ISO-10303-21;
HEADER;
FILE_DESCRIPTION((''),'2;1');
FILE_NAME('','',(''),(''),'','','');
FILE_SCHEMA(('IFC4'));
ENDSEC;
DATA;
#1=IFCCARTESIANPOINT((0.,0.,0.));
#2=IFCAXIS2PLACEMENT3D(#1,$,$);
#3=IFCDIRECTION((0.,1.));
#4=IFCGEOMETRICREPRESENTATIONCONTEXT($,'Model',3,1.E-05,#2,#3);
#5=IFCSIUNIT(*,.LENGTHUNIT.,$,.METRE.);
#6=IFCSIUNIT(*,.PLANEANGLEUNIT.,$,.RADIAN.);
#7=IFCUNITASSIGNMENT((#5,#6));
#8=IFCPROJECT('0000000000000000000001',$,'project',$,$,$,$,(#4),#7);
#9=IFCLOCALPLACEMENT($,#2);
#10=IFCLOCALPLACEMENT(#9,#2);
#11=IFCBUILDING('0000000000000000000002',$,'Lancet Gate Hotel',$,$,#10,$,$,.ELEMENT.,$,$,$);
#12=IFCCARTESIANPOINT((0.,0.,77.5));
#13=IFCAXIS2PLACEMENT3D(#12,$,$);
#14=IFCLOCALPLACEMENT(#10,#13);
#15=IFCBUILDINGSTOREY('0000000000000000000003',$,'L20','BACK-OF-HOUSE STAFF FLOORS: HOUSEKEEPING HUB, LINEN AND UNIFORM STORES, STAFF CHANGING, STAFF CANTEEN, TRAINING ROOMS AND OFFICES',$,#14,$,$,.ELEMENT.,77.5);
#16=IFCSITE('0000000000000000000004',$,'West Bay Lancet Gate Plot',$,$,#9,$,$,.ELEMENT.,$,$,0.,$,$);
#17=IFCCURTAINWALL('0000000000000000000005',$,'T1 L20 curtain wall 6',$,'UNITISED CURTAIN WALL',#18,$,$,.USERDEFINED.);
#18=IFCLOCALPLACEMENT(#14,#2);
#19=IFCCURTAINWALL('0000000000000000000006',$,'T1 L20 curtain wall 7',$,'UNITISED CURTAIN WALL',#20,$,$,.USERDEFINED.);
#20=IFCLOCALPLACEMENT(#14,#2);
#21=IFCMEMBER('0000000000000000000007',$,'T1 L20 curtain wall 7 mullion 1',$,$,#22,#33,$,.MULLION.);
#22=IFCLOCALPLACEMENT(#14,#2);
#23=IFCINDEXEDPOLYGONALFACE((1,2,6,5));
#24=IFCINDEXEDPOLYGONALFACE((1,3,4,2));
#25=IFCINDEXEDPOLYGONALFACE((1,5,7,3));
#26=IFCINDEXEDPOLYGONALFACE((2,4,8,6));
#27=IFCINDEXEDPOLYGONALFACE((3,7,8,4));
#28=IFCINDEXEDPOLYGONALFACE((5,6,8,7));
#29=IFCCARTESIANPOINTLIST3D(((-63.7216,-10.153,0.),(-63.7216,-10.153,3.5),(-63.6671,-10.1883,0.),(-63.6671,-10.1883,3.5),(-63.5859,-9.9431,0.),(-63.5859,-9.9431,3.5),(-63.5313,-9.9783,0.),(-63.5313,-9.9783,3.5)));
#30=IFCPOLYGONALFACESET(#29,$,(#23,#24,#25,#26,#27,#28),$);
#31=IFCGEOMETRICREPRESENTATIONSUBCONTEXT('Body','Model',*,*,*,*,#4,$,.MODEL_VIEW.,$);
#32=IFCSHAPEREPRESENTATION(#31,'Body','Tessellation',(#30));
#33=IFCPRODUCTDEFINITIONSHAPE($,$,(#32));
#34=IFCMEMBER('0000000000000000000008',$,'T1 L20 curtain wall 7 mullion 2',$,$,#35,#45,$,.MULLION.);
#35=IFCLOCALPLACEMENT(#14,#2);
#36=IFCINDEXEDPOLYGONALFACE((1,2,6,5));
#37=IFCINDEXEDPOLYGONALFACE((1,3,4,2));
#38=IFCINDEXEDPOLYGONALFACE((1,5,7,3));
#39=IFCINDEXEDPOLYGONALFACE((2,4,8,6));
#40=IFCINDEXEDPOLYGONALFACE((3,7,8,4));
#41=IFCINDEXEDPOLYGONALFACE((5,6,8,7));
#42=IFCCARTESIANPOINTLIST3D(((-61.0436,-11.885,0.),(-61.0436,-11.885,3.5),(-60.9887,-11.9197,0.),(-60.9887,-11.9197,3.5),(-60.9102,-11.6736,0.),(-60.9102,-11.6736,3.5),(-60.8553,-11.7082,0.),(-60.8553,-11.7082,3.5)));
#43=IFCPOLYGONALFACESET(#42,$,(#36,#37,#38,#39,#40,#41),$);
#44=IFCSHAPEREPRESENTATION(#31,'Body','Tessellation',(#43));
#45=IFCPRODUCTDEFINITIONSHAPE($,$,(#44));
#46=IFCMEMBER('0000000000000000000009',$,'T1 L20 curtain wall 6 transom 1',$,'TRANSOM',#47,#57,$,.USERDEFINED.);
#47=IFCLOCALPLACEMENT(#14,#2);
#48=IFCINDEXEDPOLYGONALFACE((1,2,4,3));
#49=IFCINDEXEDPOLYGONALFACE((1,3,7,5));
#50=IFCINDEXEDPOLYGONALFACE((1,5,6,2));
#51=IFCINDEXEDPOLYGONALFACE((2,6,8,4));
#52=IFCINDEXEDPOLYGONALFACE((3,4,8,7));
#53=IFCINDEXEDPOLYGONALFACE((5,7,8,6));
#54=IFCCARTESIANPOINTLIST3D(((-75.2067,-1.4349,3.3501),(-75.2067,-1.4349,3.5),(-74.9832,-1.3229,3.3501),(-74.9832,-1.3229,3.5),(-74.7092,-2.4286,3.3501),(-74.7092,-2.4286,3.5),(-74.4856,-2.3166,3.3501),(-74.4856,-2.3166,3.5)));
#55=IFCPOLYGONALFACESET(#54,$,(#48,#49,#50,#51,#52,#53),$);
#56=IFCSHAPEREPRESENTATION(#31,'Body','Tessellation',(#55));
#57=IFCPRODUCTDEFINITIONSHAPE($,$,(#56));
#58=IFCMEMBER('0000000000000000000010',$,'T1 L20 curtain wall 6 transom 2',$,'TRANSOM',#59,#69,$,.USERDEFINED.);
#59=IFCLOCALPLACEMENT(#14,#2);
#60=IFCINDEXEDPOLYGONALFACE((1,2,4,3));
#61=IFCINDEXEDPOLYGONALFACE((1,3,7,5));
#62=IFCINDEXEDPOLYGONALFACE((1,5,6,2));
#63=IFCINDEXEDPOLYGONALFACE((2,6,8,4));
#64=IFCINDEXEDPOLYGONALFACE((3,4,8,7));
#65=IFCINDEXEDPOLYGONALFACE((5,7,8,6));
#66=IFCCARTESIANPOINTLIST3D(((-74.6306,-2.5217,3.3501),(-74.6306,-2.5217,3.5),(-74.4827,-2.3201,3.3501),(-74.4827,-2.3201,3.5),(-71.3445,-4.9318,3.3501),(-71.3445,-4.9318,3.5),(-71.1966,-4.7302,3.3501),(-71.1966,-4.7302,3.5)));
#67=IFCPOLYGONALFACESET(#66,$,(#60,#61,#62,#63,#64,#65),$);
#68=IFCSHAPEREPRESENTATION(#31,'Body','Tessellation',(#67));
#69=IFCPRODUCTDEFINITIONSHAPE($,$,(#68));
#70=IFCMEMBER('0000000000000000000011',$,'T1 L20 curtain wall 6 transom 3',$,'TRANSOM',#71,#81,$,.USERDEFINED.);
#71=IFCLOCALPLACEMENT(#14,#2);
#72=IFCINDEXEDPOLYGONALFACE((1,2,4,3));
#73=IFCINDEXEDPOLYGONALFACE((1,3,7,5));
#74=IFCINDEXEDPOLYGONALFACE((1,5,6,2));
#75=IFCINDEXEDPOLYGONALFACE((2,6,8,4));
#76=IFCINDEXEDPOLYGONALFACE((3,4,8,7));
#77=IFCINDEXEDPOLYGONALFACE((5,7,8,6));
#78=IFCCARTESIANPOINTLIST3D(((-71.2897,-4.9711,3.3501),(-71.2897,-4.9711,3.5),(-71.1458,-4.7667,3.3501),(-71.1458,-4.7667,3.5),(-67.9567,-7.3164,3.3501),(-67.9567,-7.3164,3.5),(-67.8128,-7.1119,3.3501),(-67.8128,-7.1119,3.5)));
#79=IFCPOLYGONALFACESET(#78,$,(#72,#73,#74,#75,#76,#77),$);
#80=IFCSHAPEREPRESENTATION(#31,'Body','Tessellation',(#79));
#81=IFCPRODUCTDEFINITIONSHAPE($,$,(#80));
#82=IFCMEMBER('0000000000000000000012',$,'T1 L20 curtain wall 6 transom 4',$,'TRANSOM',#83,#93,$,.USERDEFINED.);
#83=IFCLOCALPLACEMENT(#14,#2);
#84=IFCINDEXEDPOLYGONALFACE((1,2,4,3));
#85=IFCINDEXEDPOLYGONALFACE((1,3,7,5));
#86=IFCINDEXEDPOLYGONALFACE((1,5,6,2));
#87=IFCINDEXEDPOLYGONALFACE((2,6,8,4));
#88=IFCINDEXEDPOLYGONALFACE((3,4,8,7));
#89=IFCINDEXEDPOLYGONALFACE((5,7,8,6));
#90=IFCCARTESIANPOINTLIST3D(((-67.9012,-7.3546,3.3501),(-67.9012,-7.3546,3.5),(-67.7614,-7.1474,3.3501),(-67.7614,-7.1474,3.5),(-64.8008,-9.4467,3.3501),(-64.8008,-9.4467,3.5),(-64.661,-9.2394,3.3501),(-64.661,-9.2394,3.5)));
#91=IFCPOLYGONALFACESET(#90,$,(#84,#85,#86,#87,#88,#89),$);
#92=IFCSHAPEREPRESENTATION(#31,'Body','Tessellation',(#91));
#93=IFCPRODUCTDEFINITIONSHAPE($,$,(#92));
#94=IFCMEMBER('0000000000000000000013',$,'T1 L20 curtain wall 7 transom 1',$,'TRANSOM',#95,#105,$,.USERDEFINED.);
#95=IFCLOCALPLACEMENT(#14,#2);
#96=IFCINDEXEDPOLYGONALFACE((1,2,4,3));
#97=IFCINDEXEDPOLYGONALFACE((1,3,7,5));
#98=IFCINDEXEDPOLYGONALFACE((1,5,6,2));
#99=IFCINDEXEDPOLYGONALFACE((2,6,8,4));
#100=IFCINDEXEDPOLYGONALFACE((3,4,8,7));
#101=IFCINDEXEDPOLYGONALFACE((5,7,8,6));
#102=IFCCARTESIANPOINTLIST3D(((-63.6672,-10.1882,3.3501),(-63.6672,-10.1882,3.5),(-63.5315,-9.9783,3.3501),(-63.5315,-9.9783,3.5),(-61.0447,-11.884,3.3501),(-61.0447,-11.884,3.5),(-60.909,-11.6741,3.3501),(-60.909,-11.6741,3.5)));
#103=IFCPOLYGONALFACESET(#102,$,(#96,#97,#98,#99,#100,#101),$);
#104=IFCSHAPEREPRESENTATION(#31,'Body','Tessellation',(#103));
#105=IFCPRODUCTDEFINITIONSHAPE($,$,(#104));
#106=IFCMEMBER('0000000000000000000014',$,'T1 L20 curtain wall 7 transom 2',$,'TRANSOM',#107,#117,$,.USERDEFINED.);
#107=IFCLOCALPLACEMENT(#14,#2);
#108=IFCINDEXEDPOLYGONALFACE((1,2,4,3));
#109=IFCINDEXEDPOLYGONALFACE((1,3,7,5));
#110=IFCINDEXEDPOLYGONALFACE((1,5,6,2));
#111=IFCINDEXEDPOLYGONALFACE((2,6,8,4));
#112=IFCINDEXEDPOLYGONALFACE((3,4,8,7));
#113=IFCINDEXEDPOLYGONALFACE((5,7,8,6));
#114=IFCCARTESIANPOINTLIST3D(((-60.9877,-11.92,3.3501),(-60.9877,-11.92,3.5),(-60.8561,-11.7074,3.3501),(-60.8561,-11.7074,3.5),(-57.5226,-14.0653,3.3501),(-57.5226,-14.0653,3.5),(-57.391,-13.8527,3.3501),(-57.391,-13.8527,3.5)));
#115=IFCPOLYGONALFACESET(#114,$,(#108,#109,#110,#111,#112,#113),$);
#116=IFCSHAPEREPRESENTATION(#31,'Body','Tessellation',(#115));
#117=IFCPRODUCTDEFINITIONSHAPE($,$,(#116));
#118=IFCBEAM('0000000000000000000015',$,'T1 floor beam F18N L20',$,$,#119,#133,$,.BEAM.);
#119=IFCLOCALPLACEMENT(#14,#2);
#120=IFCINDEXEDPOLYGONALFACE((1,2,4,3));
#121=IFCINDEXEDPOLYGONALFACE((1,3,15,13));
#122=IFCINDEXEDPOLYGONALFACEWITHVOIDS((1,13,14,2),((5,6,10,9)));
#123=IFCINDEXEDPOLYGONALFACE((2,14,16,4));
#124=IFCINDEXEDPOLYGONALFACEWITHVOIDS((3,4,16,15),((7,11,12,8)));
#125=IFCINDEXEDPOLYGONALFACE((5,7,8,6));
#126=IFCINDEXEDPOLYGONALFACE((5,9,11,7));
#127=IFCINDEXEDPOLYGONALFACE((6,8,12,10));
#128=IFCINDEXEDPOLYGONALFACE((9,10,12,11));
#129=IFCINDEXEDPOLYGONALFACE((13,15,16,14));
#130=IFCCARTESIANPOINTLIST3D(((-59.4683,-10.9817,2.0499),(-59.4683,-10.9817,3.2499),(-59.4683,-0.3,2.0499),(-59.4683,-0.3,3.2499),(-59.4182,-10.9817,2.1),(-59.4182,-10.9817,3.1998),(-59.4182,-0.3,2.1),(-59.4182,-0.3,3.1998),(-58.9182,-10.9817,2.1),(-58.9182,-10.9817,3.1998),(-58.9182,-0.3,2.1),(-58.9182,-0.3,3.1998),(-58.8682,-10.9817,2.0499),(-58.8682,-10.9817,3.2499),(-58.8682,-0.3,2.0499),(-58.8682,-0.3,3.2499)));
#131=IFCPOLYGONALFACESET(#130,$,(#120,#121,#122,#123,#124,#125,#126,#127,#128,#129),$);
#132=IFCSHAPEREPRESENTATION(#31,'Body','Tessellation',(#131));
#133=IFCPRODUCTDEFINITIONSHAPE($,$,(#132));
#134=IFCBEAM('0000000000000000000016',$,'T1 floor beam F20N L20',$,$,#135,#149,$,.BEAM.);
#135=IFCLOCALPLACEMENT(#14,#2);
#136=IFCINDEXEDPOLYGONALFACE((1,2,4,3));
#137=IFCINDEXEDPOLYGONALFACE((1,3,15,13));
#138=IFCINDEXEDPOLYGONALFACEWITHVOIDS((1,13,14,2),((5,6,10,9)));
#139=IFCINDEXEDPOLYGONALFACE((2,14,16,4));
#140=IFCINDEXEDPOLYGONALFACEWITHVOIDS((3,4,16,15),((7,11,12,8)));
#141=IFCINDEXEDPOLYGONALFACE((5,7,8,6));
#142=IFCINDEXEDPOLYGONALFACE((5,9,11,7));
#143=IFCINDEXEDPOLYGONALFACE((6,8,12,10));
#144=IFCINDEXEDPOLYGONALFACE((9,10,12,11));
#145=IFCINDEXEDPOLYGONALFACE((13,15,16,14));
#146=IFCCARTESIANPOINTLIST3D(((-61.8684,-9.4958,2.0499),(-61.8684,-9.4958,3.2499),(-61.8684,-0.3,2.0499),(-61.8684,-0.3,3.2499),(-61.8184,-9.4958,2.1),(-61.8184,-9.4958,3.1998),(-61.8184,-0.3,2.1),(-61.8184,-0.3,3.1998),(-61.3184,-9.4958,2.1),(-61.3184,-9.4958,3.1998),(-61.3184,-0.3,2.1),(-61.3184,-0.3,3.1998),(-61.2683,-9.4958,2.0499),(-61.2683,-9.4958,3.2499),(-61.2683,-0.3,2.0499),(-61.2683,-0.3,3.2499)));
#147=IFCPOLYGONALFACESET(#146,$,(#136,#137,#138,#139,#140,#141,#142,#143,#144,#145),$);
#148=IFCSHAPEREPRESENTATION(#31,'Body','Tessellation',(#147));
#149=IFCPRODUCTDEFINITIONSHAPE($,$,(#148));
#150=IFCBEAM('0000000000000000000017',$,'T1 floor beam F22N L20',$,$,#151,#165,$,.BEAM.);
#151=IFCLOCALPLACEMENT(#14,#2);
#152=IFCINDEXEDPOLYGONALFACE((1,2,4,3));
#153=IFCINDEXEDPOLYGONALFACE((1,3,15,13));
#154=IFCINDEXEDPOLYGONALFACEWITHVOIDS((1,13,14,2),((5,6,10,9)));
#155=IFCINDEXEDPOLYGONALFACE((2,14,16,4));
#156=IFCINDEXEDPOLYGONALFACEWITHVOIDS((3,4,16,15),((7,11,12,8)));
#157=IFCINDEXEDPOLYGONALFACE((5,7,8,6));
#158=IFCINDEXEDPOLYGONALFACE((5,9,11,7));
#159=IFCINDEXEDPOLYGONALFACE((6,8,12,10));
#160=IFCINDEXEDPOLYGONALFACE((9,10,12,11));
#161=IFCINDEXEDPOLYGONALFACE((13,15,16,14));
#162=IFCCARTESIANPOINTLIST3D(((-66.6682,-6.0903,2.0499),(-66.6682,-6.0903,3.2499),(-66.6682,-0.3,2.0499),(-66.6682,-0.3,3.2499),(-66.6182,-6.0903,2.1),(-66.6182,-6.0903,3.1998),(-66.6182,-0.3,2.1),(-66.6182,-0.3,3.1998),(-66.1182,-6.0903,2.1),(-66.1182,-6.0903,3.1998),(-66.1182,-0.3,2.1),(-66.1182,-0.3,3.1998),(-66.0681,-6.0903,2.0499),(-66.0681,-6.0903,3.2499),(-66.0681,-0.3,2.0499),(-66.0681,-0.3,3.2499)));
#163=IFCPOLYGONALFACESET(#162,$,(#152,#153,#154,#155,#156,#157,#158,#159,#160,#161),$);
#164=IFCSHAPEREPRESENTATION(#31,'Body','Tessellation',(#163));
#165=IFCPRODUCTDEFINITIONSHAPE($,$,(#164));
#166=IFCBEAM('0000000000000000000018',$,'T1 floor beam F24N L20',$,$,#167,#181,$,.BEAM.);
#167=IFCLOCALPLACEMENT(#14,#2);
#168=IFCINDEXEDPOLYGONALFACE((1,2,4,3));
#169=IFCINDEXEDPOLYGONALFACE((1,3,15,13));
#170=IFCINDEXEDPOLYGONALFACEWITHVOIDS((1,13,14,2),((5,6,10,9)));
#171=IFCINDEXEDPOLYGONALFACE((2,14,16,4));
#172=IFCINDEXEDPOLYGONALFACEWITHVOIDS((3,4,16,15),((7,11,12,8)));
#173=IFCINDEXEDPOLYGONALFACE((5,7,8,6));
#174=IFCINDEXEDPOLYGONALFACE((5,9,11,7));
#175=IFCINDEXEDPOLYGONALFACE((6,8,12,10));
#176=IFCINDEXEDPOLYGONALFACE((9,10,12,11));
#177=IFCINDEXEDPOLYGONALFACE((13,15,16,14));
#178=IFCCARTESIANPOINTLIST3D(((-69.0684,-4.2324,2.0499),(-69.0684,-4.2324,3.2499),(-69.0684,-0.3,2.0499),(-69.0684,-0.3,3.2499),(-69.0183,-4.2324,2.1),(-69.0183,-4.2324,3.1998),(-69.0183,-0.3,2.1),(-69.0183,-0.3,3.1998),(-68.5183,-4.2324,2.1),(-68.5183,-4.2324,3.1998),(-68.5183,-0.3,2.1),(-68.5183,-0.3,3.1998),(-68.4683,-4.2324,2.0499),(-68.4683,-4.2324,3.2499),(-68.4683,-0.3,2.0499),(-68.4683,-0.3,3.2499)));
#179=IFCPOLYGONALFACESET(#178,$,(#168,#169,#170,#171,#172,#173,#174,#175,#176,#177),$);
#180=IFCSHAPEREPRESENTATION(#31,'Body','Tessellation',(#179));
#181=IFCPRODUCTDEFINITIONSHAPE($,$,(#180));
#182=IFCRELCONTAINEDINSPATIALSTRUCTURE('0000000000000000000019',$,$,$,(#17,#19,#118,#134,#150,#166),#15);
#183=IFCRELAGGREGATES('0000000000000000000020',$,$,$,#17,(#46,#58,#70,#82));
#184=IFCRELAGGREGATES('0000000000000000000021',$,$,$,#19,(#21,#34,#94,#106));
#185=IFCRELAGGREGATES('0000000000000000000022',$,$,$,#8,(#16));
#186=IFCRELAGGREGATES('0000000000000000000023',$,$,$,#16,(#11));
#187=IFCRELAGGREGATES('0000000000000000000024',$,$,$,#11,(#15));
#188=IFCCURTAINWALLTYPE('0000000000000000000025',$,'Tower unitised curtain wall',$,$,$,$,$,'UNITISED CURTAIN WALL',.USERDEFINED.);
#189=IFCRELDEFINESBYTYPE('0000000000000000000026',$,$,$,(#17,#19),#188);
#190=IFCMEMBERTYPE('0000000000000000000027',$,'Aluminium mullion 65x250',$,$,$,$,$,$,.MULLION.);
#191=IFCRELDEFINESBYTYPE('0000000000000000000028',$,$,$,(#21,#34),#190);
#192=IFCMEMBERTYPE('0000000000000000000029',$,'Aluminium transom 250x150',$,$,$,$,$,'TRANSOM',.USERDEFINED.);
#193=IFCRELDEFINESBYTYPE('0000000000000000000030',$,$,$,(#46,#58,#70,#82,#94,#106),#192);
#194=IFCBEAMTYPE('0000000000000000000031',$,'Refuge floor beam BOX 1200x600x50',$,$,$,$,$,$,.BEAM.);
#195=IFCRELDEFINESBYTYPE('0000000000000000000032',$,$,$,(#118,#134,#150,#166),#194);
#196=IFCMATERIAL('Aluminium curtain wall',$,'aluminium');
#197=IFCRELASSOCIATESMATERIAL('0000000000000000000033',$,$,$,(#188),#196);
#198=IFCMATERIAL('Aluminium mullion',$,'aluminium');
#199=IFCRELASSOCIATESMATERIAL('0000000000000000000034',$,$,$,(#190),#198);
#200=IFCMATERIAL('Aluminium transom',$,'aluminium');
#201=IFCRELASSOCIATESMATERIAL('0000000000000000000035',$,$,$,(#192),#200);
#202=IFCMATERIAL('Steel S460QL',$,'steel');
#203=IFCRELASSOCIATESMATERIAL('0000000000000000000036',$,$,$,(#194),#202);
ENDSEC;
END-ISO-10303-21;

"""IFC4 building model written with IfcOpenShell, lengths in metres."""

from ifc_helpers import new_model, si_unit, direction, frame, origin, origin_2d, place, context, subcontext, project, spatial, rectangle, hollow_rectangle, extrude, material, material_profile, profile_set, type_object, element, aggregate, save


model = new_model("IFC4")

# Units and contexts
model_context = context("Model", 3, precision=1e-05, world=origin(), true_north=direction((0.0, 1.0)))
body_context = subcontext(model_context, "Body", "Model", "MODEL_VIEW")
ifc_project = project(units=[si_unit("LENGTHUNIT", "METRE"), si_unit("PLANEANGLEUNIT", "RADIAN")], contexts=[model_context])

# Site, building, storey
site_placement = place(None, origin())
site = spatial("IfcSite", under=ifc_project, at=site_placement, Name="West Bay Lancet Gate Plot", CompositionType="ELEMENT", RefElevation=0.0)
building_placement = place(site_placement, origin())
building = spatial("IfcBuilding", under=site, at=building_placement, Name="Lancet Gate Hotel", CompositionType="ELEMENT")
storey_placement = place(building_placement, frame((0.0, 0.0, 77.5)))
storey = spatial("IfcBuildingStorey", under=building, at=storey_placement, Name="L20", Description="BACK-OF-HOUSE STAFF FLOORS: HOUSEKEEPING HUB, LINEN AND UNIFORM STORES, STAFF CHANGING, STAFF CANTEEN, TRAINING ROOMS AND OFFICES", CompositionType="ELEMENT", Elevation=77.5)

# Curtain walls, members
ifc_material_1 = material(Name="Aluminium curtain wall", Category="aluminium")
curtain_wall_type = type_object("IfcCurtainWallType", Name="Tower unitised curtain wall", ElementType="UNITISED CURTAIN WALL", PredefinedType="USERDEFINED", material=ifc_material_1)
curtain_wall_1_placement = place(storey_placement, origin())
curtain_wall_1 = element("IfcCurtainWall", 1, at=curtain_wall_1_placement, inside=storey, type_object=curtain_wall_type, Name="T1 L20 curtain wall 6", ObjectType="UNITISED CURTAIN WALL", PredefinedType="USERDEFINED")
ifc_material_2 = material(Name="Aluminium mullion", Category="aluminium")
ifc_material_profile_1 = material_profile(ifc_material_2, rectangle(XDim=0.0649, YDim=0.25, at=origin_2d()), Name="MULLION 65x250")
ifc_profile_set_1 = profile_set([ifc_material_profile_1], Name="Aluminium mullion")
member_type_1 = type_object("IfcMemberType", Name="Aluminium mullion 65x250", PredefinedType="MULLION", material=ifc_profile_set_1)
curtain_wall_2_placement = place(storey_placement, origin())
curtain_wall_2 = element("IfcCurtainWall", 2, at=curtain_wall_2_placement, inside=storey, type_object=curtain_wall_type, Name="T1 L20 curtain wall 7", ObjectType="UNITISED CURTAIN WALL", PredefinedType="USERDEFINED")
member_1_placement = place(storey_placement, frame((-63.6265, -10.0657, 0.0), z_axis=(0.0, 0.0, 1.0), x_axis=(0.839749, -0.542975, 0.0)))
member_1 = element("IfcMember", 3, at=member_1_placement, type_object=member_type_1, Name="T1 L20 curtain wall 7 mullion 1", PredefinedType="MULLION", context=body_context, shape_type="SweptSolid", body=[
    extrude(rectangle(XDim=0.0649, YDim=0.25, at=origin_2d()), origin(), (0.0, 0.0, 1.0), 3.5),
])
member_2_placement = place(storey_placement, frame((-60.9495, -11.7966, 0.0), z_axis=(0.0, 0.0, 1.0), x_axis=(0.845709, -0.533644, 0.0)))
member_2 = element("IfcMember", 4, at=member_2_placement, type_object=member_type_1, Name="T1 L20 curtain wall 7 mullion 2", PredefinedType="MULLION", context=body_context, shape_type="SweptSolid", body=[
    extrude(rectangle(XDim=0.0649, YDim=0.25, at=origin_2d()), origin(), (0.0, 0.0, 1.0), 3.5),
])

# Members
ifc_material_3 = material(Name="Aluminium transom", Category="aluminium")
ifc_material_profile_2 = material_profile(ifc_material_3, rectangle(XDim=0.25, YDim=0.1499, at=origin_2d()), Name="TRANSOM 250x150")
ifc_profile_set_2 = profile_set([ifc_material_profile_2], Name="Aluminium transom")
member_type_2 = type_object("IfcMemberType", Name="Aluminium transom 250x150", ElementType="TRANSOM", PredefinedType="USERDEFINED", material=ifc_profile_set_2)
member_3_placement = place(storey_placement, frame((-75.095, -1.3789, 3.425), z_axis=(0.447741, -0.894163, 0.0), x_axis=(0.894163, 0.447741, 0.0)))
member_3 = element("IfcMember", 5, at=member_3_placement, type_object=member_type_2, Name="T1 L20 curtain wall 6 transom 1", ObjectType="TRANSOM", PredefinedType="USERDEFINED", context=body_context, shape_type="SweptSolid", body=[
    extrude(rectangle(XDim=0.25, YDim=0.1499, at=origin_2d()), origin(), (0.0, 0.0, 1.0), 1.1113),
])
member_4_placement = place(storey_placement, frame((-74.5566, -2.4209, 3.425), z_axis=(0.806367, -0.591416, 0.0), x_axis=(0.591416, 0.806367, 0.0)))
member_4 = element("IfcMember", 6, at=member_4_placement, type_object=member_type_2, Name="T1 L20 curtain wall 6 transom 2", ObjectType="TRANSOM", PredefinedType="USERDEFINED", context=body_context, shape_type="SweptSolid", body=[
    extrude(rectangle(XDim=0.25, YDim=0.1499, at=origin_2d()), origin(), (0.0, 0.0, 1.0), 4.0752),
])
member_5_placement = place(storey_placement, frame((-71.2178, -4.8689, 3.425), z_axis=(0.817834, -0.575455, 0.0), x_axis=(0.575455, 0.817834, 0.0)))
member_5 = element("IfcMember", 7, at=member_5_placement, type_object=member_type_2, Name="T1 L20 curtain wall 6 transom 3", ObjectType="TRANSOM", PredefinedType="USERDEFINED", context=body_context, shape_type="SweptSolid", body=[
    extrude(rectangle(XDim=0.25, YDim=0.1499, at=origin_2d()), origin(), (0.0, 0.0, 1.0), 4.0754),
])
member_6_placement = place(storey_placement, frame((-67.8313, -7.251, 3.425), z_axis=(0.828934, -0.559346, 0.0), x_axis=(0.559346, 0.828934, 0.0)))
member_6 = element("IfcMember", 8, at=member_6_placement, type_object=member_type_2, Name="T1 L20 curtain wall 6 transom 4", ObjectType="TRANSOM", PredefinedType="USERDEFINED", context=body_context, shape_type="SweptSolid", body=[
    extrude(rectangle(XDim=0.25, YDim=0.1499, at=origin_2d()), origin(), (0.0, 0.0, 1.0), 3.7402),
])
member_7_placement = place(storey_placement, frame((-63.5994, -10.0833, 3.425), z_axis=(0.839738, -0.542992, 0.0), x_axis=(0.542992, 0.839738, 0.0)))
member_7 = element("IfcMember", 9, at=member_7_placement, type_object=member_type_2, Name="T1 L20 curtain wall 7 transom 1", ObjectType="TRANSOM", PredefinedType="USERDEFINED", context=body_context, shape_type="SweptSolid", body=[
    extrude(rectangle(XDim=0.25, YDim=0.1499, at=origin_2d()), origin(), (0.0, 0.0, 1.0), 3.123),
])
member_8_placement = place(storey_placement, frame((-60.9219, -11.8137, 3.425), z_axis=(0.850242, -0.526392, 0.0), x_axis=(0.526392, 0.850242, 0.0)))
member_8 = element("IfcMember", 10, at=member_8_placement, type_object=member_type_2, Name="T1 L20 curtain wall 7 transom 2", ObjectType="TRANSOM", PredefinedType="USERDEFINED", context=body_context, shape_type="SweptSolid", body=[
    extrude(rectangle(XDim=0.25, YDim=0.1499, at=origin_2d()), origin(), (0.0, 0.0, 1.0), 4.0754),
])

# Beams
ifc_material_4 = material(Name="Steel S460QL", Category="steel")
ifc_material_profile_3 = material_profile(ifc_material_4, hollow_rectangle(XDim=0.6001, YDim=1.2, WallThickness=0.05, at=origin_2d()), Name="BOX 1200x600x50")
ifc_profile_set_3 = profile_set([ifc_material_profile_3], Name="Steel S460QL")
beam_type_1 = type_object("IfcBeamType", Name="Refuge floor beam BOX 1200x600x50", PredefinedType="BEAM", material=ifc_profile_set_3)
beam_1_placement = place(storey_placement, frame((-59.1682, -0.3, 2.6499), z_axis=(0.0, -1.0, 0.0), x_axis=(1.0, 0.0, 0.0)))
element("IfcBeam", 11, at=beam_1_placement, inside=storey, type_object=beam_type_1, Name="T1 floor beam F18N L20", PredefinedType="BEAM", context=body_context, shape_type="SweptSolid", body=[
    extrude(hollow_rectangle(XDim=0.6001, YDim=1.2, WallThickness=0.05, at=origin_2d()), origin(), (0.0, 0.0, 1.0), 10.6816),
])
beam_2_placement = place(storey_placement, frame((-61.5684, -0.3, 2.6499), z_axis=(0.0, -1.0, 0.0), x_axis=(1.0, 0.0, 0.0)))
element("IfcBeam", 12, at=beam_2_placement, inside=storey, type_object=beam_type_1, Name="T1 floor beam F20N L20", PredefinedType="BEAM", context=body_context, shape_type="SweptSolid", body=[
    extrude(hollow_rectangle(XDim=0.6001, YDim=1.2, WallThickness=0.05, at=origin_2d()), origin(), (0.0, 0.0, 1.0), 9.1958),
])
beam_3_placement = place(storey_placement, frame((-66.3682, -0.3, 2.6499), z_axis=(0.0, -1.0, 0.0), x_axis=(1.0, 0.0, 0.0)))
element("IfcBeam", 13, at=beam_3_placement, inside=storey, type_object=beam_type_1, Name="T1 floor beam F22N L20", PredefinedType="BEAM", context=body_context, shape_type="SweptSolid", body=[
    extrude(hollow_rectangle(XDim=0.6001, YDim=1.2, WallThickness=0.05, at=origin_2d()), origin(), (0.0, 0.0, 1.0), 5.7903),
])
beam_4_placement = place(storey_placement, frame((-68.7683, -0.3, 2.6499), z_axis=(0.0, -1.0, 0.0), x_axis=(1.0, 0.0, 0.0)))
element("IfcBeam", 14, at=beam_4_placement, inside=storey, type_object=beam_type_1, Name="T1 floor beam F24N L20", PredefinedType="BEAM", context=body_context, shape_type="SweptSolid", body=[
    extrude(hollow_rectangle(XDim=0.6001, YDim=1.2, WallThickness=0.05, at=origin_2d()), origin(), (0.0, 0.0, 1.0), 3.9324),
])

aggregate(curtain_wall_1, [member_3, member_4, member_5, member_6])
aggregate(curtain_wall_2, [member_1, member_2, member_7, member_8])

save(model, "model.ifc")
